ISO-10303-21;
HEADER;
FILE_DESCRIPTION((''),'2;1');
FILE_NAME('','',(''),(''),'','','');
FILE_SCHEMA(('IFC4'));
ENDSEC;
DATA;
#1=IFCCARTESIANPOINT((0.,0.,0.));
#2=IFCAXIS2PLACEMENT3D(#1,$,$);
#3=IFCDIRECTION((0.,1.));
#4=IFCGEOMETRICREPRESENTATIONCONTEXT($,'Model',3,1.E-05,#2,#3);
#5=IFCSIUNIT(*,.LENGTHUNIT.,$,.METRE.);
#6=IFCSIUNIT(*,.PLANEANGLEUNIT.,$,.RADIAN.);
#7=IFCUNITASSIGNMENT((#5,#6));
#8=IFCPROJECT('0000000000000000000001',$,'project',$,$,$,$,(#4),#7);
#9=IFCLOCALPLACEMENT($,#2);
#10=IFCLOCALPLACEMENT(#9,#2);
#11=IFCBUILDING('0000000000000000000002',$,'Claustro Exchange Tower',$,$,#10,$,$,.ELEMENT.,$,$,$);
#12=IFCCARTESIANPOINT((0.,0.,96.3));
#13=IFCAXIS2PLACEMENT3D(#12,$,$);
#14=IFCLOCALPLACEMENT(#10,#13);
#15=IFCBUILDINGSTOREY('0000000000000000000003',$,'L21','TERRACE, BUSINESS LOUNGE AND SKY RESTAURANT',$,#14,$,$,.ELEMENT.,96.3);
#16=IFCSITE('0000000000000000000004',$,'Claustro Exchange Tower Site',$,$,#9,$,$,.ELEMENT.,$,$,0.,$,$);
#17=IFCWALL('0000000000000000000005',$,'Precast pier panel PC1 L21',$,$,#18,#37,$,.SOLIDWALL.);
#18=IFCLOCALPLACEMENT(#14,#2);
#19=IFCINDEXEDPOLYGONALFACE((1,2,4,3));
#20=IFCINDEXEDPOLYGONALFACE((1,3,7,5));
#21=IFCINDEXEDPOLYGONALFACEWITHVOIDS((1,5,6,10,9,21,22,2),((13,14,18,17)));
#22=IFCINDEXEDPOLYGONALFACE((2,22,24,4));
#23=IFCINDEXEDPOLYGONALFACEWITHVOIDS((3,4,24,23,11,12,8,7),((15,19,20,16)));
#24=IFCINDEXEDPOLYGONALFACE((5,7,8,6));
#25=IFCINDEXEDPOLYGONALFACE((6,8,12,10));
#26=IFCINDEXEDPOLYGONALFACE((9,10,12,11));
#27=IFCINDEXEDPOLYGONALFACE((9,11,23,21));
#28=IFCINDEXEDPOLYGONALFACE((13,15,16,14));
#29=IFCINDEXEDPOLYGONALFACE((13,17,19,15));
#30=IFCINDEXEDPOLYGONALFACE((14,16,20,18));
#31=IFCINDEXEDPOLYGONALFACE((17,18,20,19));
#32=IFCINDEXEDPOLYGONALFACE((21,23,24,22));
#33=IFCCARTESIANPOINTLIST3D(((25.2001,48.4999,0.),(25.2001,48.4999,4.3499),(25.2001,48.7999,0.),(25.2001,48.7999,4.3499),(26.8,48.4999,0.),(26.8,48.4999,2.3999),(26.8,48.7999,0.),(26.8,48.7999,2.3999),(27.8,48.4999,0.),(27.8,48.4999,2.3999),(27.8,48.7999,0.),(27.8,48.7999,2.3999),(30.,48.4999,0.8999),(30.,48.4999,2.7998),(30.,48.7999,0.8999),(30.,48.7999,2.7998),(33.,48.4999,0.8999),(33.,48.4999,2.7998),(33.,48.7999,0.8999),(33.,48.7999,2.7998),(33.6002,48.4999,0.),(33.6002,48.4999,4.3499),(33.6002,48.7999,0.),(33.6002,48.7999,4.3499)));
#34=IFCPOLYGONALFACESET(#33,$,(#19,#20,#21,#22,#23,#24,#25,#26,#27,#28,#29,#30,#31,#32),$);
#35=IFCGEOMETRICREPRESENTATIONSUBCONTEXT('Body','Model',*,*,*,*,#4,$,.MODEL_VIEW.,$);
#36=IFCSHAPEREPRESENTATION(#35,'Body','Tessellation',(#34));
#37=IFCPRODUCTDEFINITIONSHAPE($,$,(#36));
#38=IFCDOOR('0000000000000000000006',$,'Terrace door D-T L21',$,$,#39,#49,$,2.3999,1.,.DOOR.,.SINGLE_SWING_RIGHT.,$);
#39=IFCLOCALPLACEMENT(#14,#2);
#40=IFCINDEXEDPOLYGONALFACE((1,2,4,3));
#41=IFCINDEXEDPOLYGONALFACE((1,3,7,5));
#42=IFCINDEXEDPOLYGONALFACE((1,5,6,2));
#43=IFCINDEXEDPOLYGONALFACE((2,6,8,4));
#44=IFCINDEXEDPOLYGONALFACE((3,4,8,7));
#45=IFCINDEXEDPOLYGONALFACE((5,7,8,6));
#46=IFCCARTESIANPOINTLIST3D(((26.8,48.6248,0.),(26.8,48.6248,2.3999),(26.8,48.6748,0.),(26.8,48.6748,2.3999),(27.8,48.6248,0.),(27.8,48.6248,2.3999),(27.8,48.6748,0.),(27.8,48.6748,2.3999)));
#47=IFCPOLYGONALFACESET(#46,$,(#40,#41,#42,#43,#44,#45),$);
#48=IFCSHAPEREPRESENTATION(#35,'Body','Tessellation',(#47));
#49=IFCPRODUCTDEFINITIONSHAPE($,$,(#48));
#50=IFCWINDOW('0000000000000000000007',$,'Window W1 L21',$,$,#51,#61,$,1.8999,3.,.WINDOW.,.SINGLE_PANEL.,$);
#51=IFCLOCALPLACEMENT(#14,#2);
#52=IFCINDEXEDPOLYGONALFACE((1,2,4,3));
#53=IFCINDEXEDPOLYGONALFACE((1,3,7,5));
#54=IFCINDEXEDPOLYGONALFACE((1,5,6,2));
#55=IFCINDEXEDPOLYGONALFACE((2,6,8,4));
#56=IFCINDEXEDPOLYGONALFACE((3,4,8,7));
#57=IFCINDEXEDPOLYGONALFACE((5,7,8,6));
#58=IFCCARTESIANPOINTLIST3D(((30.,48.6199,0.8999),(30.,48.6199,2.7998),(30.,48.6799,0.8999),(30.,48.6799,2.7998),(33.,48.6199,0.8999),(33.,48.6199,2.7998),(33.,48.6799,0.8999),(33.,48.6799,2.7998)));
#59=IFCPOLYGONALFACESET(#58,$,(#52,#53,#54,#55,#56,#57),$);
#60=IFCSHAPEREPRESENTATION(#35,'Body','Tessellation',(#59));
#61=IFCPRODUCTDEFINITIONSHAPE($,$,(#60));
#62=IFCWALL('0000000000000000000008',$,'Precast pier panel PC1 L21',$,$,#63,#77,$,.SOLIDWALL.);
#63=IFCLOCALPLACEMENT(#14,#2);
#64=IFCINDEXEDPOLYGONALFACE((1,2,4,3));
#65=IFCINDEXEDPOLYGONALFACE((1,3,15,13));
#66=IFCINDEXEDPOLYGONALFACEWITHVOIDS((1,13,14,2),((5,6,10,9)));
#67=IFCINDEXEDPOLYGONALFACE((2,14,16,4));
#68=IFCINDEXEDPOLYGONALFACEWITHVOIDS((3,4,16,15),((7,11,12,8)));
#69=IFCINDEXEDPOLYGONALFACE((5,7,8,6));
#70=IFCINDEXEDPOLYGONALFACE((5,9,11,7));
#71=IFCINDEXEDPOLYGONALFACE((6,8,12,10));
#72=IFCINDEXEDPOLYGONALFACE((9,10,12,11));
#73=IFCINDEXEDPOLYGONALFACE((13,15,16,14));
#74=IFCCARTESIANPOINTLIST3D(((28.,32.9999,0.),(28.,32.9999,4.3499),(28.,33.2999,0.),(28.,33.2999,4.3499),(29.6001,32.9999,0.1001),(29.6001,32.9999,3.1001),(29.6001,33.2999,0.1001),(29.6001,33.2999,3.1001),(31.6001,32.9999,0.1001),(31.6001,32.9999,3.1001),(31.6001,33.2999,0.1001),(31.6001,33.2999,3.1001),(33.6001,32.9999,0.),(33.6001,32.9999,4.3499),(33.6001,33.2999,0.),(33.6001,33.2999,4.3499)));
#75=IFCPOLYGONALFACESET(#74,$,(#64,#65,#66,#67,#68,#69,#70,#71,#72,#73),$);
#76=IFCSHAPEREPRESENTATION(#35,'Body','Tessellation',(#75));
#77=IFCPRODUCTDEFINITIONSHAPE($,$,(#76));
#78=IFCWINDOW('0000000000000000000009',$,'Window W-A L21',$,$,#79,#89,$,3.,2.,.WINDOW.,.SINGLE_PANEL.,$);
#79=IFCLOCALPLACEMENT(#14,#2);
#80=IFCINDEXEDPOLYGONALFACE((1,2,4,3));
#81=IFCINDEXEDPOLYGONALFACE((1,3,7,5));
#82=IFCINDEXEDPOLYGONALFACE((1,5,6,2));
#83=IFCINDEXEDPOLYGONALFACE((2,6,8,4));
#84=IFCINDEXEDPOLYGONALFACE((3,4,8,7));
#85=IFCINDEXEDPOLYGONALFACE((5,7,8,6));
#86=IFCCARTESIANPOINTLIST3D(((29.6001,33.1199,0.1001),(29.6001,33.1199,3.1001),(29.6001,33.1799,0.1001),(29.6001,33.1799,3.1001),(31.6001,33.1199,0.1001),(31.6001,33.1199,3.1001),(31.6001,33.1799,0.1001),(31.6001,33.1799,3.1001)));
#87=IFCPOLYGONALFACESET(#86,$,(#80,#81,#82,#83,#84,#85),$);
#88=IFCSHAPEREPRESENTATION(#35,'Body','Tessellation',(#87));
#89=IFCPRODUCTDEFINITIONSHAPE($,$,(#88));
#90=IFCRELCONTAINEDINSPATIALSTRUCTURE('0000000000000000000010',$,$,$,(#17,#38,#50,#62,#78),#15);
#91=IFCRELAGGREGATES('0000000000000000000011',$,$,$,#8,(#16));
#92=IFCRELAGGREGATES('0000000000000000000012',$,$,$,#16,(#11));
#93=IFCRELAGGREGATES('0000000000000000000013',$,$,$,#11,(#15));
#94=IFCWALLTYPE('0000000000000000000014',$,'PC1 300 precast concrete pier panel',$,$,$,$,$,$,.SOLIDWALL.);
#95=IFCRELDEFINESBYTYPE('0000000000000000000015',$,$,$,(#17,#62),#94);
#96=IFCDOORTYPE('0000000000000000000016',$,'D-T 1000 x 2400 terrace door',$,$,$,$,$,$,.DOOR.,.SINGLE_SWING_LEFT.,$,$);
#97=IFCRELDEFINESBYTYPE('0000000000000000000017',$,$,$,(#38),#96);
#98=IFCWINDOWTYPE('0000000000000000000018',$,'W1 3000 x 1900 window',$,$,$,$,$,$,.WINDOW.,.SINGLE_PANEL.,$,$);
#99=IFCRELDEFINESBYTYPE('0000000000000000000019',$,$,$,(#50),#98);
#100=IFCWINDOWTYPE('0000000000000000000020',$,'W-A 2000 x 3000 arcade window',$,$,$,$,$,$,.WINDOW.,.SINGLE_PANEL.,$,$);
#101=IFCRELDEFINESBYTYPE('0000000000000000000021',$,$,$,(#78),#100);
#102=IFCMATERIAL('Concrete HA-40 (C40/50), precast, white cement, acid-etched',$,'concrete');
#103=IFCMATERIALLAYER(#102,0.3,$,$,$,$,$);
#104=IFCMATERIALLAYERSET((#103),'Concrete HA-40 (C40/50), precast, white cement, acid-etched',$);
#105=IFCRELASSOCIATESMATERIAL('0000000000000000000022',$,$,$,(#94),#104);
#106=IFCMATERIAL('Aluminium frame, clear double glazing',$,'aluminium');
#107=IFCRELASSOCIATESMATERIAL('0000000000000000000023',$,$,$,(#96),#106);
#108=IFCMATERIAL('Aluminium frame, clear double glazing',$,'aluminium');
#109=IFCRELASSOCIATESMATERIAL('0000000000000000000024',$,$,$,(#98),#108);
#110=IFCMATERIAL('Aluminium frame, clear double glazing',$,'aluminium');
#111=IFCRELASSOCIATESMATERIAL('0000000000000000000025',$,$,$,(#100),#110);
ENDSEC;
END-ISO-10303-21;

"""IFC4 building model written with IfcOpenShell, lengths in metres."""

from ifc_helpers import new_model, si_unit, direction, frame, frame_2d, origin, place, context, subcontext, project, spatial, rectangle, extrude, material, layer, layer_set, type_object, element, fill, save


model = new_model("IFC4")

# Units and contexts
model_context = context("Model", 3, precision=1e-05, world=origin(), true_north=direction((0.0, 1.0)))
body_context = subcontext(model_context, "Body", "Model", "MODEL_VIEW")
ifc_project = project(units=[si_unit("LENGTHUNIT", "METRE"), si_unit("PLANEANGLEUNIT", "RADIAN")], contexts=[model_context])

# Site, building, storey
site_placement = place(None, origin())
site = spatial("IfcSite", under=ifc_project, at=site_placement, Name="Claustro Exchange Tower Site", CompositionType="ELEMENT", RefElevation=0.0)
building_placement = place(site_placement, origin())
building = spatial("IfcBuilding", under=site, at=building_placement, Name="Claustro Exchange Tower", CompositionType="ELEMENT")
storey_placement = place(building_placement, frame((0.0, 0.0, 96.3)))
storey = spatial("IfcBuildingStorey", under=building, at=storey_placement, Name="L21", Description="TERRACE, BUSINESS LOUNGE AND SKY RESTAURANT", CompositionType="ELEMENT", Elevation=96.3)

# Wall, openings, door, window
ifc_material_1 = material(Name="Concrete HA-40 (C40/50), precast, white cement, acid-etched", Category="concrete")
ifc_layer_1 = layer(ifc_material_1, 0.3)
ifc_layer_set_1 = layer_set([ifc_layer_1], Name="Concrete HA-40 (C40/50), precast, white cement, acid-etched")
wall_type_1 = type_object("IfcWallType", Name="PC1 300 precast concrete pier panel", PredefinedType="SOLIDWALL", material=ifc_layer_set_1)
wall_1_placement = place(storey_placement, frame((25.2, 48.6499, 0.0), z_axis=(0.0, 0.0, 1.0), x_axis=(1.0, 0.0, 0.0)))
wall_1 = element("IfcWall", 1, at=wall_1_placement, inside=storey, type_object=wall_type_1, Name="Precast pier panel PC1 L21", PredefinedType="SOLIDWALL", context=body_context, shape_type="SweptSolid", body=[
    extrude(rectangle(XDim=8.4001, YDim=0.3, at=frame_2d((4.2002, 0.0))), origin(), (0.0, 0.0, 1.0), 4.3499),
])
opening_1_placement = place(wall_1_placement, frame((4.8, 0.0, 0.8999)))
opening_1 = element("IfcOpeningElement", 2, at=opening_1_placement, cuts=wall_1, PredefinedType="OPENING", context=body_context, shape_type="SweptSolid", body=[
    extrude(rectangle(XDim=3.0, YDim=1.8999, at=frame_2d((1.5, 0.95))), frame((0.0, 0.1599, 0.0), z_axis=(0.0, -1.0, 0.0), x_axis=(1.0, 0.0, 0.0)), (0.0, 0.0, 1.0), 0.3201),
])
opening_2_placement = place(wall_1_placement, frame((1.6001, 0.0, 0.0)))
opening_2 = element("IfcOpeningElement", 3, at=opening_2_placement, cuts=wall_1, PredefinedType="OPENING", context=body_context, shape_type="SweptSolid", body=[
    extrude(rectangle(XDim=1.0, YDim=2.3999, at=frame_2d((0.5, 1.2))), frame((0.0, 0.1599, 0.0), z_axis=(0.0, -1.0, 0.0), x_axis=(1.0, 0.0, 0.0)), (0.0, 0.0, 1.0), 0.3201),
])
ifc_material_2 = material(Name="Aluminium frame, clear double glazing", Category="aluminium")
door_type = type_object("IfcDoorType", Name="D-T 1000 x 2400 terrace door", OperationType="SINGLE_SWING_LEFT", PredefinedType="DOOR", material=ifc_material_2)
door_placement = place(opening_2_placement, origin())
door = element("IfcDoor", 4, at=door_placement, inside=storey, type_object=door_type, Name="Terrace door D-T L21", OperationType="SINGLE_SWING_RIGHT", OverallHeight=2.3999, OverallWidth=1.0, PredefinedType="DOOR", context=body_context, shape_type="SweptSolid", body=[
    extrude(rectangle(XDim=1.0, YDim=2.3999, at=frame_2d((0.5, 1.2))), frame((0.0, 0.0249, 0.0), z_axis=(0.0, -1.0, 0.0), x_axis=(1.0, 0.0, 0.0)), (0.0, 0.0, 1.0), 0.05),
])
fill(opening_2, door)
ifc_material_3 = material(Name="Aluminium frame, clear double glazing", Category="aluminium")
window_type_1 = type_object("IfcWindowType", Name="W1 3000 x 1900 window", PartitioningType="SINGLE_PANEL", PredefinedType="WINDOW", material=ifc_material_3)
window_1_placement = place(opening_1_placement, origin())
window_1 = element("IfcWindow", 5, at=window_1_placement, inside=storey, type_object=window_type_1, Name="Window W1 L21", OverallHeight=1.8999, OverallWidth=3.0, PartitioningType="SINGLE_PANEL", PredefinedType="WINDOW", context=body_context, shape_type="SweptSolid", body=[
    extrude(rectangle(XDim=3.0, YDim=1.8999, at=frame_2d((1.5, 0.95))), frame((0.0, 0.03, 0.0), z_axis=(0.0, -1.0, 0.0), x_axis=(1.0, 0.0, 0.0)), (0.0, 0.0, 1.0), 0.0601),
])
fill(opening_1, window_1)

# Wall, opening, window
wall_2_placement = place(storey_placement, frame((28.0, 33.1499, 0.0), z_axis=(0.0, 0.0, 1.0), x_axis=(1.0, 0.0, 0.0)))
wall_2 = element("IfcWall", 6, at=wall_2_placement, inside=storey, type_object=wall_type_1, Name="Precast pier panel PC1 L21", PredefinedType="SOLIDWALL", context=body_context, shape_type="SweptSolid", body=[
    extrude(rectangle(XDim=5.6001, YDim=0.3, at=frame_2d((2.8, 0.0))), origin(), (0.0, 0.0, 1.0), 4.3499),
])
opening_3_placement = place(wall_2_placement, frame((1.6001, 0.0, 0.1001)))
opening_3 = element("IfcOpeningElement", 7, at=opening_3_placement, cuts=wall_2, PredefinedType="OPENING", context=body_context, shape_type="SweptSolid", body=[
    extrude(rectangle(XDim=2.0, YDim=3.0, at=frame_2d((1.0, 1.5))), frame((0.0, 0.1599, 0.0), z_axis=(0.0, -1.0, 0.0), x_axis=(1.0, 0.0, 0.0)), (0.0, 0.0, 1.0), 0.3201),
])
ifc_material_4 = material(Name="Aluminium frame, clear double glazing", Category="aluminium")
window_type_2 = type_object("IfcWindowType", Name="W-A 2000 x 3000 arcade window", PartitioningType="SINGLE_PANEL", PredefinedType="WINDOW", material=ifc_material_4)
window_2_placement = place(opening_3_placement, origin())
window_2 = element("IfcWindow", 8, at=window_2_placement, inside=storey, type_object=window_type_2, Name="Window W-A L21", OverallHeight=3.0, OverallWidth=2.0, PartitioningType="SINGLE_PANEL", PredefinedType="WINDOW", context=body_context, shape_type="SweptSolid", body=[
    extrude(rectangle(XDim=2.0, YDim=3.0, at=frame_2d((1.0, 1.5))), frame((0.0, 0.03, 0.0), z_axis=(0.0, -1.0, 0.0), x_axis=(1.0, 0.0, 0.0)), (0.0, 0.0, 1.0), 0.0601),
])
fill(opening_3, window_2)

save(model, "model.ifc")
